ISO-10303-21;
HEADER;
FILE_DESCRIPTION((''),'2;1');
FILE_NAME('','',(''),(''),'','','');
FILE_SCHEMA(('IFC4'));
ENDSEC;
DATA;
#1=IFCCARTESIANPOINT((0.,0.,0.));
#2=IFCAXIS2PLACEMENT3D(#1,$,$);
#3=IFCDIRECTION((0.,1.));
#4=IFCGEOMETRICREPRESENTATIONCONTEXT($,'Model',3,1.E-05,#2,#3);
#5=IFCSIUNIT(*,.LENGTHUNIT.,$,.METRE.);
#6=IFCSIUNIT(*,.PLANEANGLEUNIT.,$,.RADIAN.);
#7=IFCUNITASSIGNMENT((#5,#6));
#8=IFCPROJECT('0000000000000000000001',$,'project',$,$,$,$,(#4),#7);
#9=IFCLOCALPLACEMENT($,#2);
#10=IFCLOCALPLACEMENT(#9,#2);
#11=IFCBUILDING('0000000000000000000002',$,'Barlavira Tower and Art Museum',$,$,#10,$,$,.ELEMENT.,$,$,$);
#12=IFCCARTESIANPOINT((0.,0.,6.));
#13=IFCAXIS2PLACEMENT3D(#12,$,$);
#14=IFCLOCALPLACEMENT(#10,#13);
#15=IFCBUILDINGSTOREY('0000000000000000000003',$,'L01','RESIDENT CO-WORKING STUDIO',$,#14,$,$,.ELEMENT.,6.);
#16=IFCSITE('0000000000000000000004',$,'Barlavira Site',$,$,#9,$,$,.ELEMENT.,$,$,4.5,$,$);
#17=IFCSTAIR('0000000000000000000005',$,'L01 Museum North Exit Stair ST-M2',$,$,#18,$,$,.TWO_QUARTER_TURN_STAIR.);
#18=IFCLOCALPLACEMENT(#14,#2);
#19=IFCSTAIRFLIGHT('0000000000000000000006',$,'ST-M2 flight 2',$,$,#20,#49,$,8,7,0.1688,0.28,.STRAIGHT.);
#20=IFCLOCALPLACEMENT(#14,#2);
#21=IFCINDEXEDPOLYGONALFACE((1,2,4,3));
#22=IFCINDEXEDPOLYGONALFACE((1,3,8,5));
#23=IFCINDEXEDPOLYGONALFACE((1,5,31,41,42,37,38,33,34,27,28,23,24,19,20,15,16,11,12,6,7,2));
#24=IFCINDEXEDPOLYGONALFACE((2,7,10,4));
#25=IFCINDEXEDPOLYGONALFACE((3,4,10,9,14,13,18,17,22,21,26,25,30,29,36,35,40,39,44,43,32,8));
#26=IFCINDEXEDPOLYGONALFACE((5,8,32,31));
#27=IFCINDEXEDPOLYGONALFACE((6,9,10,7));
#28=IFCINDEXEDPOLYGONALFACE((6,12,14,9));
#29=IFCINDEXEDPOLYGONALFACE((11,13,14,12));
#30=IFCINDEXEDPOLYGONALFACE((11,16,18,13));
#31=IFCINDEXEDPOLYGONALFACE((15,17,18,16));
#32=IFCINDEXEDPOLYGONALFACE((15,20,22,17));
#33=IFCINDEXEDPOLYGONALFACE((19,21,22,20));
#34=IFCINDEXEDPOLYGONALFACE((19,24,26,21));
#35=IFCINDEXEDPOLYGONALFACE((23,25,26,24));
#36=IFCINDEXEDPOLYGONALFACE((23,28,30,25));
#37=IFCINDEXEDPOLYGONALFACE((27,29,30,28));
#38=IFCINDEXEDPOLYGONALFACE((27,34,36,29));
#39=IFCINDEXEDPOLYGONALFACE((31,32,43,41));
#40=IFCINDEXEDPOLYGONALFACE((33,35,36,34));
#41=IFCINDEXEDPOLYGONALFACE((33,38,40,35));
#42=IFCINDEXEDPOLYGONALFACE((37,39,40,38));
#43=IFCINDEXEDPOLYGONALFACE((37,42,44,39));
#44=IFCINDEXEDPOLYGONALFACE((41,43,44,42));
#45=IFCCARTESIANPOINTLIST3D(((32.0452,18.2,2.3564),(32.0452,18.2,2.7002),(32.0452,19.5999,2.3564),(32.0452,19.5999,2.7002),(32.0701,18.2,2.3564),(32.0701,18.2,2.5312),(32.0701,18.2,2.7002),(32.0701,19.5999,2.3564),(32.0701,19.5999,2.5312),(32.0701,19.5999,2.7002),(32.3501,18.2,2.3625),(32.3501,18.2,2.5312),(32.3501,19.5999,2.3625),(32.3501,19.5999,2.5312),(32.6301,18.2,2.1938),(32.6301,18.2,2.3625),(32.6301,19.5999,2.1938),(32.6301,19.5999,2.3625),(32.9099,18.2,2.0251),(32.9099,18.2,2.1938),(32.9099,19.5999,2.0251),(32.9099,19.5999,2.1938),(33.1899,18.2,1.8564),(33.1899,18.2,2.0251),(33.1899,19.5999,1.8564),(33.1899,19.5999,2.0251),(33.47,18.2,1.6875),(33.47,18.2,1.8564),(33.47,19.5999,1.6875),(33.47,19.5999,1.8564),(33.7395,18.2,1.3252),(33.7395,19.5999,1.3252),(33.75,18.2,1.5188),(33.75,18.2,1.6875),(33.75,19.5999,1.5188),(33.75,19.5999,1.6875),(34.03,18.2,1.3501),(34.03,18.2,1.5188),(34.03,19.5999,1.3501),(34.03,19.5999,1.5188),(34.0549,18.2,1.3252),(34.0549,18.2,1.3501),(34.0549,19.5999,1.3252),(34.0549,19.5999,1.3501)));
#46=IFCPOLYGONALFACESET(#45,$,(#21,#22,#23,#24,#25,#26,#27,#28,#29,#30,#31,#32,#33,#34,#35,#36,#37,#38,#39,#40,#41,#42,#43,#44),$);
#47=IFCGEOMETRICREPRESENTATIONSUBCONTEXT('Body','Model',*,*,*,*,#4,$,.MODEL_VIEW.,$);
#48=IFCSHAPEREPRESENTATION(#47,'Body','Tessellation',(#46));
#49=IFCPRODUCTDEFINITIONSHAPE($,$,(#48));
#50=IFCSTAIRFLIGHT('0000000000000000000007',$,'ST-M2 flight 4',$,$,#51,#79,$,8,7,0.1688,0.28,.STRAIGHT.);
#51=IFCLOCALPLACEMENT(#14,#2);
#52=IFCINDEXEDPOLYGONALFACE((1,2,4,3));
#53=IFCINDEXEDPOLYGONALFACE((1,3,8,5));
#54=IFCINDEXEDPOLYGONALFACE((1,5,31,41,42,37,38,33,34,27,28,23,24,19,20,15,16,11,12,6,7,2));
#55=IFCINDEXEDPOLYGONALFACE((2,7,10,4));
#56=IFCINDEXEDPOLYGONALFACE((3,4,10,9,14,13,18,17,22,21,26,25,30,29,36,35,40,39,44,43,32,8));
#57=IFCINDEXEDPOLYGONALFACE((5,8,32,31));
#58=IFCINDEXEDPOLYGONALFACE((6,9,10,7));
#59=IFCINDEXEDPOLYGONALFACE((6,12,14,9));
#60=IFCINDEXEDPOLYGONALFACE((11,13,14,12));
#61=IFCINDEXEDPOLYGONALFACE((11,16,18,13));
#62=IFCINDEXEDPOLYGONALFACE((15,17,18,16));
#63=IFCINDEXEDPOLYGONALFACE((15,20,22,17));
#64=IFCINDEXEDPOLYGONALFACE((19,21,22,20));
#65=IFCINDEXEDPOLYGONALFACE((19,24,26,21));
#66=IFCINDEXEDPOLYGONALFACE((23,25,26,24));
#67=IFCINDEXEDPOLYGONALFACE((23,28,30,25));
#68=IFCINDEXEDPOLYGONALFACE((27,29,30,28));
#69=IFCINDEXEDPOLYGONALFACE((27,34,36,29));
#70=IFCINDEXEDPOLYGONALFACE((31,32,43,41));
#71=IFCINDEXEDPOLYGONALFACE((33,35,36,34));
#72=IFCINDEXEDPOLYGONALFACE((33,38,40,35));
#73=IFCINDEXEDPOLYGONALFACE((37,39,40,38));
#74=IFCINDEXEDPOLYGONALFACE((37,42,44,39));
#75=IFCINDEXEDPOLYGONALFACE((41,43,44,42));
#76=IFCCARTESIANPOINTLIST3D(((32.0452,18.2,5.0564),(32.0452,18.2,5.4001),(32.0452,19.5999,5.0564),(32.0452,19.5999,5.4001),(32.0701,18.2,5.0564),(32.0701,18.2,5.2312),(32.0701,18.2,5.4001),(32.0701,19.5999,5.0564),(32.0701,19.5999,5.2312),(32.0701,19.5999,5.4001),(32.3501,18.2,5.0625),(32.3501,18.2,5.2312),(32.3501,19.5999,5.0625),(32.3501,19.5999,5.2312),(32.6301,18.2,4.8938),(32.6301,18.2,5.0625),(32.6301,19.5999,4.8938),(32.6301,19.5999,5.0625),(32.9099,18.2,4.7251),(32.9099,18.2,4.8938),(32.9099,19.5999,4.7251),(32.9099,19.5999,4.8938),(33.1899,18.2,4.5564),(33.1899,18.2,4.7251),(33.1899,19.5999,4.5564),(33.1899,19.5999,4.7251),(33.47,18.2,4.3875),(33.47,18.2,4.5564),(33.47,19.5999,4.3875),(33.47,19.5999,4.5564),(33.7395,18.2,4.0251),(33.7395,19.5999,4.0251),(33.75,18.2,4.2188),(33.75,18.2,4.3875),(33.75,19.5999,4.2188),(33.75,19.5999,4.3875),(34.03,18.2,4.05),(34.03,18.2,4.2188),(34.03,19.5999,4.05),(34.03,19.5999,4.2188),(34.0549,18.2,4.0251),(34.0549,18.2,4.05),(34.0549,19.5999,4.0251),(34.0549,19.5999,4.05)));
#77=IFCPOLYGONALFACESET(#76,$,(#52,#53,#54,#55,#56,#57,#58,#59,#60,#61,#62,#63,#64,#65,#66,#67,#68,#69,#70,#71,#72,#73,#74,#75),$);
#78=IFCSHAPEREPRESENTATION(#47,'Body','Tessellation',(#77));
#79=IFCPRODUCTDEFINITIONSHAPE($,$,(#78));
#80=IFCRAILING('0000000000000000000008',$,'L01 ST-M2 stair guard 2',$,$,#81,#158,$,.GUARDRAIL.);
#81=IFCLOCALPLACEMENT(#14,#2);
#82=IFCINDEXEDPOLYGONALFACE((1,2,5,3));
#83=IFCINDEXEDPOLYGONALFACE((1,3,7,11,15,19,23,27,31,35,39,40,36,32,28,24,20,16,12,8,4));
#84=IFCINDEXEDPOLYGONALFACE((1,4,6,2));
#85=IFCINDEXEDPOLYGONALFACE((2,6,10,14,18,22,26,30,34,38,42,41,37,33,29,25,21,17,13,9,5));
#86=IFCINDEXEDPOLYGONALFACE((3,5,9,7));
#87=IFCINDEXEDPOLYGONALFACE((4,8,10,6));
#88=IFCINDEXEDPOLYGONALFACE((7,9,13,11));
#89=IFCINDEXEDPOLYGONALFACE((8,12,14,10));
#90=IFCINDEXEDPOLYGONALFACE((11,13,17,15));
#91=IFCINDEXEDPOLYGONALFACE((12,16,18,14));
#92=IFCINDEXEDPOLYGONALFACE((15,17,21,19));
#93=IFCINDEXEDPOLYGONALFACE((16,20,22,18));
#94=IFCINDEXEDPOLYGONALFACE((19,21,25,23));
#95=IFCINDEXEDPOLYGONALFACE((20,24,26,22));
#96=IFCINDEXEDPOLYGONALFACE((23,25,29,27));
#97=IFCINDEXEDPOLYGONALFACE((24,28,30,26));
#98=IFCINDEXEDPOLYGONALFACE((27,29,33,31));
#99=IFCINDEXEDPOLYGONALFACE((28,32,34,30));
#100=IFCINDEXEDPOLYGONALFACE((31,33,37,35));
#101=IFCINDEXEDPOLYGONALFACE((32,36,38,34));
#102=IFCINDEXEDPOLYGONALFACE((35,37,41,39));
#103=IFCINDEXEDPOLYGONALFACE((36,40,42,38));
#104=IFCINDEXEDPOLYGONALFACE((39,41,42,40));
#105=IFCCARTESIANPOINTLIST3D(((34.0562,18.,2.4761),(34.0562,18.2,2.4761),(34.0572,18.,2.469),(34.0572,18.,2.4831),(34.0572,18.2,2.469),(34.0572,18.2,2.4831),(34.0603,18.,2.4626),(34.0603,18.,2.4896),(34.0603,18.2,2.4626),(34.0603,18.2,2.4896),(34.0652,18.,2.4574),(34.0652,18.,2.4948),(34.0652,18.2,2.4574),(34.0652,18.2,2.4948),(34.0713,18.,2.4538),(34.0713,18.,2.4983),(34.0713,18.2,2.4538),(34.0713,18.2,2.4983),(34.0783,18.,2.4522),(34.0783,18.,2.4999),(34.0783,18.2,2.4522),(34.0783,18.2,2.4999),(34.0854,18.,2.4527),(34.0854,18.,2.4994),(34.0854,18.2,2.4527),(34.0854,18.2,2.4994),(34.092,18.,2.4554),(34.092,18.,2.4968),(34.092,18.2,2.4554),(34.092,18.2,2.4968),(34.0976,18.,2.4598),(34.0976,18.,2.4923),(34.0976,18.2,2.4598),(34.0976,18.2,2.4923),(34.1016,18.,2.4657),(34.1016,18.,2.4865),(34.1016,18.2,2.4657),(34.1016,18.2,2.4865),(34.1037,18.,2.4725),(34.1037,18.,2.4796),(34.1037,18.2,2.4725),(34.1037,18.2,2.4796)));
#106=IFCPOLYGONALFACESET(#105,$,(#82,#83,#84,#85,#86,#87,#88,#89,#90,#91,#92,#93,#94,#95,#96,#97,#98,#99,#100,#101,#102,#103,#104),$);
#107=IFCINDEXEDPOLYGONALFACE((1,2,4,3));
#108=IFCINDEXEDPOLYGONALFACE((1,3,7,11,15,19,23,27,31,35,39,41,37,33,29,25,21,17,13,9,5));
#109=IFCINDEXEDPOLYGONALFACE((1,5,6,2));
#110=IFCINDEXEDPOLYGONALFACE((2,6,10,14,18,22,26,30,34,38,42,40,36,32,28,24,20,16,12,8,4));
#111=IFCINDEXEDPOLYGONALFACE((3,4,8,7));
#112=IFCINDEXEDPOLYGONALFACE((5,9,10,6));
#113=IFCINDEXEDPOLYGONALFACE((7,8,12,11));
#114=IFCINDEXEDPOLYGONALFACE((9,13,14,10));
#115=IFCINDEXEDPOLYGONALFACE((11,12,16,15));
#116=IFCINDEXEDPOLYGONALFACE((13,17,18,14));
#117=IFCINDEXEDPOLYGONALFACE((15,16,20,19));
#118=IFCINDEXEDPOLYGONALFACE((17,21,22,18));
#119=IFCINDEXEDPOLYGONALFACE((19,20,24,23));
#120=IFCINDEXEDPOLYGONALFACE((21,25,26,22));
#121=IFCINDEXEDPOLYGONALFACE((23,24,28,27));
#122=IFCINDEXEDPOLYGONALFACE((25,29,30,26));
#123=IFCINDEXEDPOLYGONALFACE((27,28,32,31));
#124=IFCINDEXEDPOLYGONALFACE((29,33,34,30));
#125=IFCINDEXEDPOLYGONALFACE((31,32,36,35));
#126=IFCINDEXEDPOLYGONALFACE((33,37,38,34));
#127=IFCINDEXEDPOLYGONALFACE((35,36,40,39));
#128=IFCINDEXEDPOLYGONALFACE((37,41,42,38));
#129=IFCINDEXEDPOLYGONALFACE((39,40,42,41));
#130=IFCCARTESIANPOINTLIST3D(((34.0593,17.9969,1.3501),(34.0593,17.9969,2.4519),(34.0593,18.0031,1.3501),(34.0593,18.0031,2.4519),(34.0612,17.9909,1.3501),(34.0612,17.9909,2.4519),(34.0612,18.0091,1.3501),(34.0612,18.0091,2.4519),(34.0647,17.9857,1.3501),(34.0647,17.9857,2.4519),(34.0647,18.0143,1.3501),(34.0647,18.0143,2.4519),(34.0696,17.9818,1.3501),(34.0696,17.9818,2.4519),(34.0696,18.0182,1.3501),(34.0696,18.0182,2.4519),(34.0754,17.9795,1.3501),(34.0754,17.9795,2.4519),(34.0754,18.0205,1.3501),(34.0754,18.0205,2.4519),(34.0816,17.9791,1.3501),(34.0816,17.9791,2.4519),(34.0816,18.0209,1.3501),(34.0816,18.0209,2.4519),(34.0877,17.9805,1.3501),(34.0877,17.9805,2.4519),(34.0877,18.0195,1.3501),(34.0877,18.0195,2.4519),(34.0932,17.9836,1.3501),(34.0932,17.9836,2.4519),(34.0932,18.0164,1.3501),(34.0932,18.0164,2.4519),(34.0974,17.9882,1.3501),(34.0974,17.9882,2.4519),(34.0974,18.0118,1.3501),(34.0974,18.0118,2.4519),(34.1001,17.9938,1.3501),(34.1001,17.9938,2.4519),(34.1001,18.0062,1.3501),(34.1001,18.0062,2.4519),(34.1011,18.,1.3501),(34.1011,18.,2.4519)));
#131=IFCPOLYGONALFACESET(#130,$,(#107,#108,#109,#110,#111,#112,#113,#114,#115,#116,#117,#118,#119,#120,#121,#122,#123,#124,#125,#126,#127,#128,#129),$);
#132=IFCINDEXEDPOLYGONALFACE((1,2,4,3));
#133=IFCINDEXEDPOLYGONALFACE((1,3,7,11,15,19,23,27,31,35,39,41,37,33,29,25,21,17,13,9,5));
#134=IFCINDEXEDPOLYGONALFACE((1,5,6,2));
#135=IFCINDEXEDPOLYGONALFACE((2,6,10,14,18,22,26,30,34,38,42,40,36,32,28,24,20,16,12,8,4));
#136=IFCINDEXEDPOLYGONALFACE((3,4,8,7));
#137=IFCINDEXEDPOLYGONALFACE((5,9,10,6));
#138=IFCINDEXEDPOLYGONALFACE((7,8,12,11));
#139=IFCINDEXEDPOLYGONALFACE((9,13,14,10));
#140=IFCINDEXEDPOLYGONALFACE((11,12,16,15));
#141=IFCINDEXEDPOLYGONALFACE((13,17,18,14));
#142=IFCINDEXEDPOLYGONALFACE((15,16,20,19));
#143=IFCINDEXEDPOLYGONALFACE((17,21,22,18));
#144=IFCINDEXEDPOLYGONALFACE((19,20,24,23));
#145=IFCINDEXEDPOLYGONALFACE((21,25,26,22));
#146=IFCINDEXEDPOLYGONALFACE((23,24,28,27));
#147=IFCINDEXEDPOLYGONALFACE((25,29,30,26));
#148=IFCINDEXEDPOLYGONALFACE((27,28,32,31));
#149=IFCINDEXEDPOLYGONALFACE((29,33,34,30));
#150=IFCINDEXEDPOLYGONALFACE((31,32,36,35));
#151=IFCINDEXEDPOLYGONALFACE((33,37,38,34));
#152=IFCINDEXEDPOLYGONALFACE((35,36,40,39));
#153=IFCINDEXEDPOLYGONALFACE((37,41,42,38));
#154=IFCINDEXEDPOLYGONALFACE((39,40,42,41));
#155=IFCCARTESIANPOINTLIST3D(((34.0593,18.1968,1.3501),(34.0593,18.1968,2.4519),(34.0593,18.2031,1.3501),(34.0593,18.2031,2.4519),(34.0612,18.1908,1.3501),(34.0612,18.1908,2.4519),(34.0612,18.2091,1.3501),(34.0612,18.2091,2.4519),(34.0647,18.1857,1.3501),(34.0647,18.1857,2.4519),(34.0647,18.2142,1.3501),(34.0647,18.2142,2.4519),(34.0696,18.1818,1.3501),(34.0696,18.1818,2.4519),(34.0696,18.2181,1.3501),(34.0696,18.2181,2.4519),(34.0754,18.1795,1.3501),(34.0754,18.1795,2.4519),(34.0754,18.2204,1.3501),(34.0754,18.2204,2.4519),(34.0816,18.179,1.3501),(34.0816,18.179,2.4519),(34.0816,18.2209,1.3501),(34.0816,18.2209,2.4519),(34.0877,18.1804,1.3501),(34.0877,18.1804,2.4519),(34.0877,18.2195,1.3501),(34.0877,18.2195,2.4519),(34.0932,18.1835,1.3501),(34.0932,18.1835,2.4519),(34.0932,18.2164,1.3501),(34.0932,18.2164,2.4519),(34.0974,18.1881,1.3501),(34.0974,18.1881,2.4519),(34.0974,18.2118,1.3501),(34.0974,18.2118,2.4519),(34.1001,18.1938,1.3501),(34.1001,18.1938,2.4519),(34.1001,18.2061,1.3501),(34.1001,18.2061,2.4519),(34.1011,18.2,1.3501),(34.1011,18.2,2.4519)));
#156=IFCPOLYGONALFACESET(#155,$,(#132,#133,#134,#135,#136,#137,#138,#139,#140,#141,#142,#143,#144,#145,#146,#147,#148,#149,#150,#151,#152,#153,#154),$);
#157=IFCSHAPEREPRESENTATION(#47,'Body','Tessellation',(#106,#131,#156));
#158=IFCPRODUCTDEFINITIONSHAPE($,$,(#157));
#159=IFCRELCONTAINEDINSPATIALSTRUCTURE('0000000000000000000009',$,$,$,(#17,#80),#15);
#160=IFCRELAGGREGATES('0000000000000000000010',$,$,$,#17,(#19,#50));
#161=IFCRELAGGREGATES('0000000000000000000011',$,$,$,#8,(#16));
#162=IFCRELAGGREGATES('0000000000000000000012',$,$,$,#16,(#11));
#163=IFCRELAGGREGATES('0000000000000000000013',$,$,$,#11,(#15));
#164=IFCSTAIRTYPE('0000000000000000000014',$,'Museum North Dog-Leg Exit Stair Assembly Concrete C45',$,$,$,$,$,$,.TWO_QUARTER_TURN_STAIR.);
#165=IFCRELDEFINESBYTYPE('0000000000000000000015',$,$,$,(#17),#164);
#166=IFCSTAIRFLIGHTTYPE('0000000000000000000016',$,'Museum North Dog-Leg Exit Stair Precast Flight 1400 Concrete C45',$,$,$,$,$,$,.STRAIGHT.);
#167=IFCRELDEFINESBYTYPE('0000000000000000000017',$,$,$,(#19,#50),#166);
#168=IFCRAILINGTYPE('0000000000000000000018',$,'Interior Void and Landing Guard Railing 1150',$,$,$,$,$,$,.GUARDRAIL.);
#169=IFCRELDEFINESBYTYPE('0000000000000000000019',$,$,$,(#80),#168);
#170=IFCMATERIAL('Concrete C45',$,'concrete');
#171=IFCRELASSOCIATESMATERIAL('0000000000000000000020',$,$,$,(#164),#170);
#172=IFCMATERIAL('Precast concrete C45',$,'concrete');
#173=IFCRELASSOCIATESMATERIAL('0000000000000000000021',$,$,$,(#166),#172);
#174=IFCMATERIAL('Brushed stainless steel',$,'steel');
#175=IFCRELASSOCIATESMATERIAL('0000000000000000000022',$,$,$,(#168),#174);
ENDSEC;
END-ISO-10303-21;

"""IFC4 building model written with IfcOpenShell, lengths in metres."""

from ifc_helpers import new_model, si_unit, direction, frame, origin, origin_2d, place, context, subcontext, project, spatial, polyline, circle, outline, extrude, material, type_object, element, aggregate, save


model = new_model("IFC4")

# Units and contexts
model_context = context("Model", 3, precision=1e-05, world=origin(), true_north=direction((0.0, 1.0)))
body_context = subcontext(model_context, "Body", "Model", "MODEL_VIEW")
ifc_project = project(units=[si_unit("LENGTHUNIT", "METRE"), si_unit("PLANEANGLEUNIT", "RADIAN")], contexts=[model_context])

# Site, building, storey
site_placement = place(None, origin())
site = spatial("IfcSite", under=ifc_project, at=site_placement, Name="Barlavira Site", CompositionType="ELEMENT", RefElevation=4.5)
building_placement = place(site_placement, origin())
building = spatial("IfcBuilding", under=site, at=building_placement, Name="Barlavira Tower and Art Museum", CompositionType="ELEMENT")
storey_placement = place(building_placement, frame((0.0, 0.0, 6.0)))
storey = spatial("IfcBuildingStorey", under=building, at=storey_placement, Name="L01", Description="RESIDENT CO-WORKING STUDIO", CompositionType="ELEMENT", Elevation=6.0)

# Shared definitions
ifc_material_1 = material(Name="Brushed stainless steel", Category="steel")

# Stair, stair flights
ifc_material_2 = material(Name="Concrete C45", Category="concrete")
stair_type = type_object("IfcStairType", Name="Museum North Dog-Leg Exit Stair Assembly Concrete C45", PredefinedType="TWO_QUARTER_TURN_STAIR", material=ifc_material_2)
stair_placement = place(storey_placement, origin())
stair = element("IfcStair", 1, at=stair_placement, inside=storey, type_object=stair_type, Name="L01 Museum North Exit Stair ST-M2", PredefinedType="TWO_QUARTER_TURN_STAIR")
ifc_material_3 = material(Name="Precast concrete C45", Category="concrete")
stair_flight_type = type_object("IfcStairFlightType", Name="Museum North Dog-Leg Exit Stair Precast Flight 1400 Concrete C45", PredefinedType="STRAIGHT", material=ifc_material_3)
stair_flight_1_placement = place(storey_placement, frame((34.03, 18.8999, 1.3501), z_axis=(0.0, 0.0, 1.0), x_axis=(-1.0, 0.0, 0.0)))
stair_flight_1 = element("IfcStairFlight", 2, at=stair_flight_1_placement, type_object=stair_flight_type, Name="ST-M2 flight 2", NumberOfRisers=8, NumberOfTreads=7, PredefinedType="STRAIGHT", RiserHeight=0.1688, TreadLength=0.28, context=body_context, shape_type="SweptSolid", body=[
    extrude(outline(polyline([(-0.0249, 0.0), (0.0, 0.0), (0.0, 0.1687), (0.28, 0.1687), (0.28, 0.3374), (0.5601, 0.3374), (0.5601, 0.5063), (0.8401, 0.5063), (0.8401, 0.675), (1.1201, 0.675), (1.1201, 0.8438), (1.3999, 0.8438), (1.3999, 1.0125), (1.6799, 1.0125), (1.6799, 1.1812), (1.96, 1.1812), (1.96, 1.3501), (1.9849, 1.3501), (1.9849, 1.0063), (1.96, 1.0063), (0.2905, -0.0249), (-0.0249, -0.0249), (-0.0249, 0.0)])), frame((0.0, 0.7, 0.0), z_axis=(0.0, -1.0, 0.0), x_axis=(1.0, 0.0, 0.0)), (0.0, 0.0, 1.0), 1.3999),
])
stair_flight_2_placement = place(storey_placement, frame((34.03, 18.8999, 4.05), z_axis=(0.0, 0.0, 1.0), x_axis=(-1.0, 0.0, 0.0)))
stair_flight_2 = element("IfcStairFlight", 3, at=stair_flight_2_placement, type_object=stair_flight_type, Name="ST-M2 flight 4", NumberOfRisers=8, NumberOfTreads=7, PredefinedType="STRAIGHT", RiserHeight=0.1688, TreadLength=0.28, context=body_context, shape_type="SweptSolid", body=[
    extrude(outline(polyline([(-0.0249, 0.0), (0.0, 0.0), (0.0, 0.1687), (0.28, 0.1687), (0.28, 0.3374), (0.5601, 0.3374), (0.5601, 0.5063), (0.8401, 0.5063), (0.8401, 0.675), (1.1201, 0.675), (1.1201, 0.8438), (1.3999, 0.8438), (1.3999, 1.0125), (1.6799, 1.0125), (1.6799, 1.1812), (1.96, 1.1812), (1.96, 1.3501), (1.9849, 1.3501), (1.9849, 1.0063), (1.96, 1.0063), (0.2905, -0.0249), (-0.0249, -0.0249), (-0.0249, 0.0)])), frame((0.0, 0.7, 0.0), z_axis=(0.0, -1.0, 0.0), x_axis=(1.0, 0.0, 0.0)), (0.0, 0.0, 1.0), 1.3999),
])
aggregate(stair, [stair_flight_1, stair_flight_2])

# Railing
railing_type_1 = type_object("IfcRailingType", Name="Interior Void and Landing Guard Railing 1150", PredefinedType="GUARDRAIL", material=ifc_material_1)
railing_1_placement = place(storey_placement, frame((34.0801, 18.0, 1.3501)))
element("IfcRailing", 4, at=railing_1_placement, inside=storey, type_object=railing_type_1, Name="L01 ST-M2 stair guard 2", PredefinedType="GUARDRAIL", context=body_context, shape_type="SweptSolid", body=[
    extrude(circle(Radius=0.0239, at=origin_2d()), frame((0.0, 0.0, 1.126), z_axis=(0.0, 1.0, 0.0), x_axis=(-1.0, 0.0, 0.0)), (0.0, 0.0, 1.0), 0.2),
    extrude(circle(Radius=0.021, at=origin_2d()), origin(), (0.0, 0.0, 1.0), 1.1018),
    extrude(circle(Radius=0.021, at=origin_2d()), frame((0.0, 0.2, 0.0)), (0.0, 0.0, 1.0), 1.1018),
])

save(model, "model.ifc")
